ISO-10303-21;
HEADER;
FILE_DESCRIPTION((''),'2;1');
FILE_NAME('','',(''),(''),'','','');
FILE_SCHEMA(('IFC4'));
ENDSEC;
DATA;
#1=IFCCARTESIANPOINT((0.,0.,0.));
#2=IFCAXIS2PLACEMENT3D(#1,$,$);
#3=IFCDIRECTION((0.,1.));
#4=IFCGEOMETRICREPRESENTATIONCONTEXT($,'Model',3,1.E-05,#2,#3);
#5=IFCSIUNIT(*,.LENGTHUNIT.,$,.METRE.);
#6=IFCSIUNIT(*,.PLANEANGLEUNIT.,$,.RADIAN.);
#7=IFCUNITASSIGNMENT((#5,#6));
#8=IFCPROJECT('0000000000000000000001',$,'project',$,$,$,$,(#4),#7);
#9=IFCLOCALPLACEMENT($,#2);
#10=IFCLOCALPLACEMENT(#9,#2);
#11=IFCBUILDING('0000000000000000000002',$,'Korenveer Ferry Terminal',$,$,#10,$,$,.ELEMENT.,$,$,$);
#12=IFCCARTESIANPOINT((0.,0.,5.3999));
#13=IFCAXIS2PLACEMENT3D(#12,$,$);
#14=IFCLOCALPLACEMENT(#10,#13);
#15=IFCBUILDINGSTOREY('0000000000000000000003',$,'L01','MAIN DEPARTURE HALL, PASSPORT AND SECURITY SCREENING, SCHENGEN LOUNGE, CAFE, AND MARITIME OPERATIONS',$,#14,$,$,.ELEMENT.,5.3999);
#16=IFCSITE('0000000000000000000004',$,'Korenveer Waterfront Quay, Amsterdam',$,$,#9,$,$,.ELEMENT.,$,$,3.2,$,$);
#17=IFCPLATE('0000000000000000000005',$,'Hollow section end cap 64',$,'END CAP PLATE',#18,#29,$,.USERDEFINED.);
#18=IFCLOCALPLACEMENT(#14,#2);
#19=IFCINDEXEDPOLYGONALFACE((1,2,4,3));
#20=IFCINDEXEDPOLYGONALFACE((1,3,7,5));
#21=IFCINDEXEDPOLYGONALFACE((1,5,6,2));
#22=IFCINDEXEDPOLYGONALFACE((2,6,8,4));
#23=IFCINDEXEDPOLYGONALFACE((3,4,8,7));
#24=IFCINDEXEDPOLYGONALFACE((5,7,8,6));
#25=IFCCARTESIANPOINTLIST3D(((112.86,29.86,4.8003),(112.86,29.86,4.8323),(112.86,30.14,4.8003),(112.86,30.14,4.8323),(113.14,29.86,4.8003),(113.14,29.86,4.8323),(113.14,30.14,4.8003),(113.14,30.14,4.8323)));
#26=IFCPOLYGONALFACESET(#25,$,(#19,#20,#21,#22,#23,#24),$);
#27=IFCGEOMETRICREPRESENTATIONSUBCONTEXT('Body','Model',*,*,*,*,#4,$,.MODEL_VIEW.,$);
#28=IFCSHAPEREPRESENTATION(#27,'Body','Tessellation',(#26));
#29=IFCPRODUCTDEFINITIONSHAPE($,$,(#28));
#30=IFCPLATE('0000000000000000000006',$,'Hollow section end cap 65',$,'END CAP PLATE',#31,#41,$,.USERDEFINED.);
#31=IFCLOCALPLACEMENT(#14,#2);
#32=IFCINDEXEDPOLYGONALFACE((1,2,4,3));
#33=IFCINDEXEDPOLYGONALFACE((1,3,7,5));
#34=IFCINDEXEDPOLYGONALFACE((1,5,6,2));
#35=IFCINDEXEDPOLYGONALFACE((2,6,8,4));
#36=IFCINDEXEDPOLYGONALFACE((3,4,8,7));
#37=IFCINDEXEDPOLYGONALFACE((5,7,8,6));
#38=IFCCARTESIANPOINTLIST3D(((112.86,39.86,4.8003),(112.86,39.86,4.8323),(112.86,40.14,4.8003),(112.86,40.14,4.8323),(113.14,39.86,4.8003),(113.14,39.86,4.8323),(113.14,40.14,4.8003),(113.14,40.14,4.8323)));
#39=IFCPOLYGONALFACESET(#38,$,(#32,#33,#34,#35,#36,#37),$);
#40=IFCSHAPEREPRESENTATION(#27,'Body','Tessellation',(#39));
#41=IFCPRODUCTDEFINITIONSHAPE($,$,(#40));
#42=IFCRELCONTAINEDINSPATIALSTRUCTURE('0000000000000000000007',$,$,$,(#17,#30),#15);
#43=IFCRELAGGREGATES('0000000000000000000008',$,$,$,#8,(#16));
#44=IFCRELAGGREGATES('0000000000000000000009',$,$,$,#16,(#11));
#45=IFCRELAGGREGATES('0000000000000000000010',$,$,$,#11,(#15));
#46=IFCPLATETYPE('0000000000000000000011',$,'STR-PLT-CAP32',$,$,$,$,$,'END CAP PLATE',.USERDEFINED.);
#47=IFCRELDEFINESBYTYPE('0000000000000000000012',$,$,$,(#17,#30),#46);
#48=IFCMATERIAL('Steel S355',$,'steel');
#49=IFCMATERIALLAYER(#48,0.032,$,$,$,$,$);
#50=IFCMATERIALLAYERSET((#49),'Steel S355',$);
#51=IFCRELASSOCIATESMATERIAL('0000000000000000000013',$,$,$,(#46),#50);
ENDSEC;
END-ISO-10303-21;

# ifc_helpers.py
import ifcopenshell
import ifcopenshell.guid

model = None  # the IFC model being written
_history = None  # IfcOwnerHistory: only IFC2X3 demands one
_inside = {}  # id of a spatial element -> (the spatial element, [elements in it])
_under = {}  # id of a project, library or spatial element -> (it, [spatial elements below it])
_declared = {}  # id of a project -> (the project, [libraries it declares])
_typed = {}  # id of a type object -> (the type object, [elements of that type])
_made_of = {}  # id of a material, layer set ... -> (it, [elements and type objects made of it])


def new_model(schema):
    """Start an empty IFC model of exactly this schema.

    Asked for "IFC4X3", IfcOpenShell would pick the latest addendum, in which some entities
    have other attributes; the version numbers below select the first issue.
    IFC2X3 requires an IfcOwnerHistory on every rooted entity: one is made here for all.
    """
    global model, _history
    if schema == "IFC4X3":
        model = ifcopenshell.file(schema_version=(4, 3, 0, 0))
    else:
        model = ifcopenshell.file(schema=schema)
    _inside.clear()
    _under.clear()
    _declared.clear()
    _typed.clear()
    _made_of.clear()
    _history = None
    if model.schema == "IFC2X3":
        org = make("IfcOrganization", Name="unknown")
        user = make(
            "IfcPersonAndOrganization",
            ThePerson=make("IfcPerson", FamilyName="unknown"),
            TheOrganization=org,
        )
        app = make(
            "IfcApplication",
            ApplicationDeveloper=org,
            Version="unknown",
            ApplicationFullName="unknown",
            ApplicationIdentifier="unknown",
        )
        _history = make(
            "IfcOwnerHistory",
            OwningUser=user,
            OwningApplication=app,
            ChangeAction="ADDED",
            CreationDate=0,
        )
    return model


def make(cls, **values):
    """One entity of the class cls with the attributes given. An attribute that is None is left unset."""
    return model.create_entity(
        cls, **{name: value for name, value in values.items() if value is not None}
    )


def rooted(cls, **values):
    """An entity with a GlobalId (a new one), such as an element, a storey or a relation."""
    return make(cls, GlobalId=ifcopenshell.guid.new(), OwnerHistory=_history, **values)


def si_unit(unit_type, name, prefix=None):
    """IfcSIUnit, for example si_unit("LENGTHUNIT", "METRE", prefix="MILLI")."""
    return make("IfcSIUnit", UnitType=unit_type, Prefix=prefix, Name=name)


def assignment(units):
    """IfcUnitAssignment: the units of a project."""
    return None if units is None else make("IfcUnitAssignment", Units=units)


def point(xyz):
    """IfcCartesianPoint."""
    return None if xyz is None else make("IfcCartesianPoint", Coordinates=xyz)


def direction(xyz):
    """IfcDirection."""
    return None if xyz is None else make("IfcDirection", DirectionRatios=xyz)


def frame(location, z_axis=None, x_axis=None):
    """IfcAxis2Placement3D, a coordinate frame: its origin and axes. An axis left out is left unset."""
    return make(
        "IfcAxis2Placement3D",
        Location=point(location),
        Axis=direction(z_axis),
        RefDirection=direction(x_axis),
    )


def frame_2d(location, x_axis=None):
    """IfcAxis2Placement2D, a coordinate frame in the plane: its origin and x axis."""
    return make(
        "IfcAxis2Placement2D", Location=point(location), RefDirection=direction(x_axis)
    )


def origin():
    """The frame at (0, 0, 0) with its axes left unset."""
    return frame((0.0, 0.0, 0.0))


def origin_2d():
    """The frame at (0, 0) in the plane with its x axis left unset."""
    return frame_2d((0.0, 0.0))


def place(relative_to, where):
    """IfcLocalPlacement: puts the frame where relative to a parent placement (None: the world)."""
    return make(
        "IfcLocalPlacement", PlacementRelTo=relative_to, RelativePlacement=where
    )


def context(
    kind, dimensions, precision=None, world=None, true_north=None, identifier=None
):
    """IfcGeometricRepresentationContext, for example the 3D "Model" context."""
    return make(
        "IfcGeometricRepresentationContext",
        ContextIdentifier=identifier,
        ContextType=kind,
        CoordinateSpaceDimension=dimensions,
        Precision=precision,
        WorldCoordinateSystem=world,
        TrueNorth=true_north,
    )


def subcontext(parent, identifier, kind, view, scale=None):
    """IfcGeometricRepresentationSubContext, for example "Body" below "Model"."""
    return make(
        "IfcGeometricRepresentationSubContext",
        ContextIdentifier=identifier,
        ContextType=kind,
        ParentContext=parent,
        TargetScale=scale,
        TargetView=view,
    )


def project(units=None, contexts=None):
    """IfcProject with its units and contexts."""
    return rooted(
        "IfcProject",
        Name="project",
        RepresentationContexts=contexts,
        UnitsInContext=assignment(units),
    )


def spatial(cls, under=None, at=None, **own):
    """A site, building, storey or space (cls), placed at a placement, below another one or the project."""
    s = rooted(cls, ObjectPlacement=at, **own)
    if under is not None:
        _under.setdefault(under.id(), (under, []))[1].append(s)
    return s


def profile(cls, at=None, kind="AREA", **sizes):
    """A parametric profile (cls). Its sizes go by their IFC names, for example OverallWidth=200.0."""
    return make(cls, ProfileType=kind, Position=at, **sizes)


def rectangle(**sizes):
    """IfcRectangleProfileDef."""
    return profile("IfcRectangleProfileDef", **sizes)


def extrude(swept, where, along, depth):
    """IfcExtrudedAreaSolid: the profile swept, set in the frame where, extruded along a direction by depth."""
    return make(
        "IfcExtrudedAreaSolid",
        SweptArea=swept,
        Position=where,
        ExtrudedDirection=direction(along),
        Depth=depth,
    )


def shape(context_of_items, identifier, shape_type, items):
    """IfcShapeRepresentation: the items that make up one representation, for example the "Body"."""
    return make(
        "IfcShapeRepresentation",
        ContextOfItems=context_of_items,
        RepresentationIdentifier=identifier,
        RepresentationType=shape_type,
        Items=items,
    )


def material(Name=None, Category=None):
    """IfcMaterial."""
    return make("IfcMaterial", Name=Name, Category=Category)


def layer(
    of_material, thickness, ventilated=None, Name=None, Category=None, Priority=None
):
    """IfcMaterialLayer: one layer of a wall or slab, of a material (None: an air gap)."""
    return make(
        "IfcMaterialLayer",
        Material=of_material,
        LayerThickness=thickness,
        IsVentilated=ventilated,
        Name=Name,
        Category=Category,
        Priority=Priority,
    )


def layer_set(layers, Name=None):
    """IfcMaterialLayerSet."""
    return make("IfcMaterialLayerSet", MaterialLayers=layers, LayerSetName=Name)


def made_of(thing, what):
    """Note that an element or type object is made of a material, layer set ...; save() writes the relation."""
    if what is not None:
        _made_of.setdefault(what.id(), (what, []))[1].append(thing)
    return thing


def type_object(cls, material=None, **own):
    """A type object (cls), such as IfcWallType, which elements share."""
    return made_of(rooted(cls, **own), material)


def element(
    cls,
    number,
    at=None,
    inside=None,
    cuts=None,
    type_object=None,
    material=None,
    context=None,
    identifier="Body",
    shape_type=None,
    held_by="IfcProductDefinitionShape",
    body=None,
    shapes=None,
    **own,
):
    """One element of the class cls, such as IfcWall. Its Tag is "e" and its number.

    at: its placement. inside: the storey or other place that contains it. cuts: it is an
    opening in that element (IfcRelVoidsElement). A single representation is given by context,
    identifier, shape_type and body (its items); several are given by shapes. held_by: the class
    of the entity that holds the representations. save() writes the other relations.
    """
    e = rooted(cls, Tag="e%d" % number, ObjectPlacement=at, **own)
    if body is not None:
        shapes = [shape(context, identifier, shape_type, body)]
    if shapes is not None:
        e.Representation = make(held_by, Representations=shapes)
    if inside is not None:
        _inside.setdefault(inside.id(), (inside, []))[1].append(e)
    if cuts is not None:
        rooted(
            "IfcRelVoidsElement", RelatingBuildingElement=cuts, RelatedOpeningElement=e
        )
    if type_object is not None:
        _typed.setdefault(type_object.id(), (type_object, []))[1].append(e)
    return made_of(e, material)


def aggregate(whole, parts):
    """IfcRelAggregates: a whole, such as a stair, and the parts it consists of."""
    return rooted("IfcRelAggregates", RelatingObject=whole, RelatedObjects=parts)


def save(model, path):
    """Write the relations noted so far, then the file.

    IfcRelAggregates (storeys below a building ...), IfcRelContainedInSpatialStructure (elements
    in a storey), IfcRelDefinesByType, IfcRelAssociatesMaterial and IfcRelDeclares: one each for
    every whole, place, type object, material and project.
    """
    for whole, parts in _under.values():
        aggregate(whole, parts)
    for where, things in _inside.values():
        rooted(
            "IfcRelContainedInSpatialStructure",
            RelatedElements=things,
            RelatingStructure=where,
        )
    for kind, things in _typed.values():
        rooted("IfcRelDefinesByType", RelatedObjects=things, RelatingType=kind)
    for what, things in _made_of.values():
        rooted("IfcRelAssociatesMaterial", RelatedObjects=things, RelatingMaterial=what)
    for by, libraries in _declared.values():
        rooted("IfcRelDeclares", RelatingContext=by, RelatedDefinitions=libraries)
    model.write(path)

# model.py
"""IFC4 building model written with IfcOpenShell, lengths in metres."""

from ifc_helpers import new_model, si_unit, direction, frame, origin, origin_2d, place, context, subcontext, project, spatial, rectangle, extrude, material, layer, layer_set, type_object, element, save


model = new_model("IFC4")

# Units and contexts
model_context = context("Model", 3, precision=1e-05, world=origin(), true_north=direction((0.0, 1.0)))
body_context = subcontext(model_context, "Body", "Model", "MODEL_VIEW")
ifc_project = project(units=[si_unit("LENGTHUNIT", "METRE"), si_unit("PLANEANGLEUNIT", "RADIAN")], contexts=[model_context])

# Site, building, storey
site_placement = place(None, origin())
site = spatial("IfcSite", under=ifc_project, at=site_placement, Name="Korenveer Waterfront Quay, Amsterdam", CompositionType="ELEMENT", RefElevation=3.2)
building_placement = place(site_placement, origin())
building = spatial("IfcBuilding", under=site, at=building_placement, Name="Korenveer Ferry Terminal", CompositionType="ELEMENT")
storey_placement = place(building_placement, frame((0.0, 0.0, 5.3999)))
storey = spatial("IfcBuildingStorey", under=building, at=storey_placement, Name="L01", Description="MAIN DEPARTURE HALL, PASSPORT AND SECURITY SCREENING, SCHENGEN LOUNGE, CAFE, AND MARITIME OPERATIONS", CompositionType="ELEMENT", Elevation=5.3999)

# Shared definitions
ifc_material_1 = material(Name="Steel S355", Category="steel")

# Plates
ifc_layer_1 = layer(ifc_material_1, 0.032)
ifc_layer_set_1 = layer_set([ifc_layer_1], Name="Steel S355")
plate_type_1 = type_object("IfcPlateType", Name="STR-PLT-CAP32", ElementType="END CAP PLATE", PredefinedType="USERDEFINED", material=ifc_layer_set_1)
for number, where, z_axis, x_axis, name in (
    (1, (113.0, 30.0, 4.8003), (0.0, 0.0, 1.0), (1.0, 0.0, 0.0), "Hollow section end cap 64"),
    (2, (113.0, 40.0, 4.8003), (0.0, 0.0, 1.0), (1.0, 0.0, 0.0), "Hollow section end cap 65"),
):
    element("IfcPlate", number, at=place(storey_placement, frame(where, z_axis=z_axis, x_axis=x_axis)), inside=storey, type_object=plate_type_1, Name=name, ObjectType="END CAP PLATE", PredefinedType="USERDEFINED", context=body_context, shape_type="SweptSolid", body=[
        extrude(rectangle(XDim=0.28, YDim=0.28, at=origin_2d()), origin(), (0.0, 0.0, 1.0), 0.032),
    ])

save(model, "model.ifc")
